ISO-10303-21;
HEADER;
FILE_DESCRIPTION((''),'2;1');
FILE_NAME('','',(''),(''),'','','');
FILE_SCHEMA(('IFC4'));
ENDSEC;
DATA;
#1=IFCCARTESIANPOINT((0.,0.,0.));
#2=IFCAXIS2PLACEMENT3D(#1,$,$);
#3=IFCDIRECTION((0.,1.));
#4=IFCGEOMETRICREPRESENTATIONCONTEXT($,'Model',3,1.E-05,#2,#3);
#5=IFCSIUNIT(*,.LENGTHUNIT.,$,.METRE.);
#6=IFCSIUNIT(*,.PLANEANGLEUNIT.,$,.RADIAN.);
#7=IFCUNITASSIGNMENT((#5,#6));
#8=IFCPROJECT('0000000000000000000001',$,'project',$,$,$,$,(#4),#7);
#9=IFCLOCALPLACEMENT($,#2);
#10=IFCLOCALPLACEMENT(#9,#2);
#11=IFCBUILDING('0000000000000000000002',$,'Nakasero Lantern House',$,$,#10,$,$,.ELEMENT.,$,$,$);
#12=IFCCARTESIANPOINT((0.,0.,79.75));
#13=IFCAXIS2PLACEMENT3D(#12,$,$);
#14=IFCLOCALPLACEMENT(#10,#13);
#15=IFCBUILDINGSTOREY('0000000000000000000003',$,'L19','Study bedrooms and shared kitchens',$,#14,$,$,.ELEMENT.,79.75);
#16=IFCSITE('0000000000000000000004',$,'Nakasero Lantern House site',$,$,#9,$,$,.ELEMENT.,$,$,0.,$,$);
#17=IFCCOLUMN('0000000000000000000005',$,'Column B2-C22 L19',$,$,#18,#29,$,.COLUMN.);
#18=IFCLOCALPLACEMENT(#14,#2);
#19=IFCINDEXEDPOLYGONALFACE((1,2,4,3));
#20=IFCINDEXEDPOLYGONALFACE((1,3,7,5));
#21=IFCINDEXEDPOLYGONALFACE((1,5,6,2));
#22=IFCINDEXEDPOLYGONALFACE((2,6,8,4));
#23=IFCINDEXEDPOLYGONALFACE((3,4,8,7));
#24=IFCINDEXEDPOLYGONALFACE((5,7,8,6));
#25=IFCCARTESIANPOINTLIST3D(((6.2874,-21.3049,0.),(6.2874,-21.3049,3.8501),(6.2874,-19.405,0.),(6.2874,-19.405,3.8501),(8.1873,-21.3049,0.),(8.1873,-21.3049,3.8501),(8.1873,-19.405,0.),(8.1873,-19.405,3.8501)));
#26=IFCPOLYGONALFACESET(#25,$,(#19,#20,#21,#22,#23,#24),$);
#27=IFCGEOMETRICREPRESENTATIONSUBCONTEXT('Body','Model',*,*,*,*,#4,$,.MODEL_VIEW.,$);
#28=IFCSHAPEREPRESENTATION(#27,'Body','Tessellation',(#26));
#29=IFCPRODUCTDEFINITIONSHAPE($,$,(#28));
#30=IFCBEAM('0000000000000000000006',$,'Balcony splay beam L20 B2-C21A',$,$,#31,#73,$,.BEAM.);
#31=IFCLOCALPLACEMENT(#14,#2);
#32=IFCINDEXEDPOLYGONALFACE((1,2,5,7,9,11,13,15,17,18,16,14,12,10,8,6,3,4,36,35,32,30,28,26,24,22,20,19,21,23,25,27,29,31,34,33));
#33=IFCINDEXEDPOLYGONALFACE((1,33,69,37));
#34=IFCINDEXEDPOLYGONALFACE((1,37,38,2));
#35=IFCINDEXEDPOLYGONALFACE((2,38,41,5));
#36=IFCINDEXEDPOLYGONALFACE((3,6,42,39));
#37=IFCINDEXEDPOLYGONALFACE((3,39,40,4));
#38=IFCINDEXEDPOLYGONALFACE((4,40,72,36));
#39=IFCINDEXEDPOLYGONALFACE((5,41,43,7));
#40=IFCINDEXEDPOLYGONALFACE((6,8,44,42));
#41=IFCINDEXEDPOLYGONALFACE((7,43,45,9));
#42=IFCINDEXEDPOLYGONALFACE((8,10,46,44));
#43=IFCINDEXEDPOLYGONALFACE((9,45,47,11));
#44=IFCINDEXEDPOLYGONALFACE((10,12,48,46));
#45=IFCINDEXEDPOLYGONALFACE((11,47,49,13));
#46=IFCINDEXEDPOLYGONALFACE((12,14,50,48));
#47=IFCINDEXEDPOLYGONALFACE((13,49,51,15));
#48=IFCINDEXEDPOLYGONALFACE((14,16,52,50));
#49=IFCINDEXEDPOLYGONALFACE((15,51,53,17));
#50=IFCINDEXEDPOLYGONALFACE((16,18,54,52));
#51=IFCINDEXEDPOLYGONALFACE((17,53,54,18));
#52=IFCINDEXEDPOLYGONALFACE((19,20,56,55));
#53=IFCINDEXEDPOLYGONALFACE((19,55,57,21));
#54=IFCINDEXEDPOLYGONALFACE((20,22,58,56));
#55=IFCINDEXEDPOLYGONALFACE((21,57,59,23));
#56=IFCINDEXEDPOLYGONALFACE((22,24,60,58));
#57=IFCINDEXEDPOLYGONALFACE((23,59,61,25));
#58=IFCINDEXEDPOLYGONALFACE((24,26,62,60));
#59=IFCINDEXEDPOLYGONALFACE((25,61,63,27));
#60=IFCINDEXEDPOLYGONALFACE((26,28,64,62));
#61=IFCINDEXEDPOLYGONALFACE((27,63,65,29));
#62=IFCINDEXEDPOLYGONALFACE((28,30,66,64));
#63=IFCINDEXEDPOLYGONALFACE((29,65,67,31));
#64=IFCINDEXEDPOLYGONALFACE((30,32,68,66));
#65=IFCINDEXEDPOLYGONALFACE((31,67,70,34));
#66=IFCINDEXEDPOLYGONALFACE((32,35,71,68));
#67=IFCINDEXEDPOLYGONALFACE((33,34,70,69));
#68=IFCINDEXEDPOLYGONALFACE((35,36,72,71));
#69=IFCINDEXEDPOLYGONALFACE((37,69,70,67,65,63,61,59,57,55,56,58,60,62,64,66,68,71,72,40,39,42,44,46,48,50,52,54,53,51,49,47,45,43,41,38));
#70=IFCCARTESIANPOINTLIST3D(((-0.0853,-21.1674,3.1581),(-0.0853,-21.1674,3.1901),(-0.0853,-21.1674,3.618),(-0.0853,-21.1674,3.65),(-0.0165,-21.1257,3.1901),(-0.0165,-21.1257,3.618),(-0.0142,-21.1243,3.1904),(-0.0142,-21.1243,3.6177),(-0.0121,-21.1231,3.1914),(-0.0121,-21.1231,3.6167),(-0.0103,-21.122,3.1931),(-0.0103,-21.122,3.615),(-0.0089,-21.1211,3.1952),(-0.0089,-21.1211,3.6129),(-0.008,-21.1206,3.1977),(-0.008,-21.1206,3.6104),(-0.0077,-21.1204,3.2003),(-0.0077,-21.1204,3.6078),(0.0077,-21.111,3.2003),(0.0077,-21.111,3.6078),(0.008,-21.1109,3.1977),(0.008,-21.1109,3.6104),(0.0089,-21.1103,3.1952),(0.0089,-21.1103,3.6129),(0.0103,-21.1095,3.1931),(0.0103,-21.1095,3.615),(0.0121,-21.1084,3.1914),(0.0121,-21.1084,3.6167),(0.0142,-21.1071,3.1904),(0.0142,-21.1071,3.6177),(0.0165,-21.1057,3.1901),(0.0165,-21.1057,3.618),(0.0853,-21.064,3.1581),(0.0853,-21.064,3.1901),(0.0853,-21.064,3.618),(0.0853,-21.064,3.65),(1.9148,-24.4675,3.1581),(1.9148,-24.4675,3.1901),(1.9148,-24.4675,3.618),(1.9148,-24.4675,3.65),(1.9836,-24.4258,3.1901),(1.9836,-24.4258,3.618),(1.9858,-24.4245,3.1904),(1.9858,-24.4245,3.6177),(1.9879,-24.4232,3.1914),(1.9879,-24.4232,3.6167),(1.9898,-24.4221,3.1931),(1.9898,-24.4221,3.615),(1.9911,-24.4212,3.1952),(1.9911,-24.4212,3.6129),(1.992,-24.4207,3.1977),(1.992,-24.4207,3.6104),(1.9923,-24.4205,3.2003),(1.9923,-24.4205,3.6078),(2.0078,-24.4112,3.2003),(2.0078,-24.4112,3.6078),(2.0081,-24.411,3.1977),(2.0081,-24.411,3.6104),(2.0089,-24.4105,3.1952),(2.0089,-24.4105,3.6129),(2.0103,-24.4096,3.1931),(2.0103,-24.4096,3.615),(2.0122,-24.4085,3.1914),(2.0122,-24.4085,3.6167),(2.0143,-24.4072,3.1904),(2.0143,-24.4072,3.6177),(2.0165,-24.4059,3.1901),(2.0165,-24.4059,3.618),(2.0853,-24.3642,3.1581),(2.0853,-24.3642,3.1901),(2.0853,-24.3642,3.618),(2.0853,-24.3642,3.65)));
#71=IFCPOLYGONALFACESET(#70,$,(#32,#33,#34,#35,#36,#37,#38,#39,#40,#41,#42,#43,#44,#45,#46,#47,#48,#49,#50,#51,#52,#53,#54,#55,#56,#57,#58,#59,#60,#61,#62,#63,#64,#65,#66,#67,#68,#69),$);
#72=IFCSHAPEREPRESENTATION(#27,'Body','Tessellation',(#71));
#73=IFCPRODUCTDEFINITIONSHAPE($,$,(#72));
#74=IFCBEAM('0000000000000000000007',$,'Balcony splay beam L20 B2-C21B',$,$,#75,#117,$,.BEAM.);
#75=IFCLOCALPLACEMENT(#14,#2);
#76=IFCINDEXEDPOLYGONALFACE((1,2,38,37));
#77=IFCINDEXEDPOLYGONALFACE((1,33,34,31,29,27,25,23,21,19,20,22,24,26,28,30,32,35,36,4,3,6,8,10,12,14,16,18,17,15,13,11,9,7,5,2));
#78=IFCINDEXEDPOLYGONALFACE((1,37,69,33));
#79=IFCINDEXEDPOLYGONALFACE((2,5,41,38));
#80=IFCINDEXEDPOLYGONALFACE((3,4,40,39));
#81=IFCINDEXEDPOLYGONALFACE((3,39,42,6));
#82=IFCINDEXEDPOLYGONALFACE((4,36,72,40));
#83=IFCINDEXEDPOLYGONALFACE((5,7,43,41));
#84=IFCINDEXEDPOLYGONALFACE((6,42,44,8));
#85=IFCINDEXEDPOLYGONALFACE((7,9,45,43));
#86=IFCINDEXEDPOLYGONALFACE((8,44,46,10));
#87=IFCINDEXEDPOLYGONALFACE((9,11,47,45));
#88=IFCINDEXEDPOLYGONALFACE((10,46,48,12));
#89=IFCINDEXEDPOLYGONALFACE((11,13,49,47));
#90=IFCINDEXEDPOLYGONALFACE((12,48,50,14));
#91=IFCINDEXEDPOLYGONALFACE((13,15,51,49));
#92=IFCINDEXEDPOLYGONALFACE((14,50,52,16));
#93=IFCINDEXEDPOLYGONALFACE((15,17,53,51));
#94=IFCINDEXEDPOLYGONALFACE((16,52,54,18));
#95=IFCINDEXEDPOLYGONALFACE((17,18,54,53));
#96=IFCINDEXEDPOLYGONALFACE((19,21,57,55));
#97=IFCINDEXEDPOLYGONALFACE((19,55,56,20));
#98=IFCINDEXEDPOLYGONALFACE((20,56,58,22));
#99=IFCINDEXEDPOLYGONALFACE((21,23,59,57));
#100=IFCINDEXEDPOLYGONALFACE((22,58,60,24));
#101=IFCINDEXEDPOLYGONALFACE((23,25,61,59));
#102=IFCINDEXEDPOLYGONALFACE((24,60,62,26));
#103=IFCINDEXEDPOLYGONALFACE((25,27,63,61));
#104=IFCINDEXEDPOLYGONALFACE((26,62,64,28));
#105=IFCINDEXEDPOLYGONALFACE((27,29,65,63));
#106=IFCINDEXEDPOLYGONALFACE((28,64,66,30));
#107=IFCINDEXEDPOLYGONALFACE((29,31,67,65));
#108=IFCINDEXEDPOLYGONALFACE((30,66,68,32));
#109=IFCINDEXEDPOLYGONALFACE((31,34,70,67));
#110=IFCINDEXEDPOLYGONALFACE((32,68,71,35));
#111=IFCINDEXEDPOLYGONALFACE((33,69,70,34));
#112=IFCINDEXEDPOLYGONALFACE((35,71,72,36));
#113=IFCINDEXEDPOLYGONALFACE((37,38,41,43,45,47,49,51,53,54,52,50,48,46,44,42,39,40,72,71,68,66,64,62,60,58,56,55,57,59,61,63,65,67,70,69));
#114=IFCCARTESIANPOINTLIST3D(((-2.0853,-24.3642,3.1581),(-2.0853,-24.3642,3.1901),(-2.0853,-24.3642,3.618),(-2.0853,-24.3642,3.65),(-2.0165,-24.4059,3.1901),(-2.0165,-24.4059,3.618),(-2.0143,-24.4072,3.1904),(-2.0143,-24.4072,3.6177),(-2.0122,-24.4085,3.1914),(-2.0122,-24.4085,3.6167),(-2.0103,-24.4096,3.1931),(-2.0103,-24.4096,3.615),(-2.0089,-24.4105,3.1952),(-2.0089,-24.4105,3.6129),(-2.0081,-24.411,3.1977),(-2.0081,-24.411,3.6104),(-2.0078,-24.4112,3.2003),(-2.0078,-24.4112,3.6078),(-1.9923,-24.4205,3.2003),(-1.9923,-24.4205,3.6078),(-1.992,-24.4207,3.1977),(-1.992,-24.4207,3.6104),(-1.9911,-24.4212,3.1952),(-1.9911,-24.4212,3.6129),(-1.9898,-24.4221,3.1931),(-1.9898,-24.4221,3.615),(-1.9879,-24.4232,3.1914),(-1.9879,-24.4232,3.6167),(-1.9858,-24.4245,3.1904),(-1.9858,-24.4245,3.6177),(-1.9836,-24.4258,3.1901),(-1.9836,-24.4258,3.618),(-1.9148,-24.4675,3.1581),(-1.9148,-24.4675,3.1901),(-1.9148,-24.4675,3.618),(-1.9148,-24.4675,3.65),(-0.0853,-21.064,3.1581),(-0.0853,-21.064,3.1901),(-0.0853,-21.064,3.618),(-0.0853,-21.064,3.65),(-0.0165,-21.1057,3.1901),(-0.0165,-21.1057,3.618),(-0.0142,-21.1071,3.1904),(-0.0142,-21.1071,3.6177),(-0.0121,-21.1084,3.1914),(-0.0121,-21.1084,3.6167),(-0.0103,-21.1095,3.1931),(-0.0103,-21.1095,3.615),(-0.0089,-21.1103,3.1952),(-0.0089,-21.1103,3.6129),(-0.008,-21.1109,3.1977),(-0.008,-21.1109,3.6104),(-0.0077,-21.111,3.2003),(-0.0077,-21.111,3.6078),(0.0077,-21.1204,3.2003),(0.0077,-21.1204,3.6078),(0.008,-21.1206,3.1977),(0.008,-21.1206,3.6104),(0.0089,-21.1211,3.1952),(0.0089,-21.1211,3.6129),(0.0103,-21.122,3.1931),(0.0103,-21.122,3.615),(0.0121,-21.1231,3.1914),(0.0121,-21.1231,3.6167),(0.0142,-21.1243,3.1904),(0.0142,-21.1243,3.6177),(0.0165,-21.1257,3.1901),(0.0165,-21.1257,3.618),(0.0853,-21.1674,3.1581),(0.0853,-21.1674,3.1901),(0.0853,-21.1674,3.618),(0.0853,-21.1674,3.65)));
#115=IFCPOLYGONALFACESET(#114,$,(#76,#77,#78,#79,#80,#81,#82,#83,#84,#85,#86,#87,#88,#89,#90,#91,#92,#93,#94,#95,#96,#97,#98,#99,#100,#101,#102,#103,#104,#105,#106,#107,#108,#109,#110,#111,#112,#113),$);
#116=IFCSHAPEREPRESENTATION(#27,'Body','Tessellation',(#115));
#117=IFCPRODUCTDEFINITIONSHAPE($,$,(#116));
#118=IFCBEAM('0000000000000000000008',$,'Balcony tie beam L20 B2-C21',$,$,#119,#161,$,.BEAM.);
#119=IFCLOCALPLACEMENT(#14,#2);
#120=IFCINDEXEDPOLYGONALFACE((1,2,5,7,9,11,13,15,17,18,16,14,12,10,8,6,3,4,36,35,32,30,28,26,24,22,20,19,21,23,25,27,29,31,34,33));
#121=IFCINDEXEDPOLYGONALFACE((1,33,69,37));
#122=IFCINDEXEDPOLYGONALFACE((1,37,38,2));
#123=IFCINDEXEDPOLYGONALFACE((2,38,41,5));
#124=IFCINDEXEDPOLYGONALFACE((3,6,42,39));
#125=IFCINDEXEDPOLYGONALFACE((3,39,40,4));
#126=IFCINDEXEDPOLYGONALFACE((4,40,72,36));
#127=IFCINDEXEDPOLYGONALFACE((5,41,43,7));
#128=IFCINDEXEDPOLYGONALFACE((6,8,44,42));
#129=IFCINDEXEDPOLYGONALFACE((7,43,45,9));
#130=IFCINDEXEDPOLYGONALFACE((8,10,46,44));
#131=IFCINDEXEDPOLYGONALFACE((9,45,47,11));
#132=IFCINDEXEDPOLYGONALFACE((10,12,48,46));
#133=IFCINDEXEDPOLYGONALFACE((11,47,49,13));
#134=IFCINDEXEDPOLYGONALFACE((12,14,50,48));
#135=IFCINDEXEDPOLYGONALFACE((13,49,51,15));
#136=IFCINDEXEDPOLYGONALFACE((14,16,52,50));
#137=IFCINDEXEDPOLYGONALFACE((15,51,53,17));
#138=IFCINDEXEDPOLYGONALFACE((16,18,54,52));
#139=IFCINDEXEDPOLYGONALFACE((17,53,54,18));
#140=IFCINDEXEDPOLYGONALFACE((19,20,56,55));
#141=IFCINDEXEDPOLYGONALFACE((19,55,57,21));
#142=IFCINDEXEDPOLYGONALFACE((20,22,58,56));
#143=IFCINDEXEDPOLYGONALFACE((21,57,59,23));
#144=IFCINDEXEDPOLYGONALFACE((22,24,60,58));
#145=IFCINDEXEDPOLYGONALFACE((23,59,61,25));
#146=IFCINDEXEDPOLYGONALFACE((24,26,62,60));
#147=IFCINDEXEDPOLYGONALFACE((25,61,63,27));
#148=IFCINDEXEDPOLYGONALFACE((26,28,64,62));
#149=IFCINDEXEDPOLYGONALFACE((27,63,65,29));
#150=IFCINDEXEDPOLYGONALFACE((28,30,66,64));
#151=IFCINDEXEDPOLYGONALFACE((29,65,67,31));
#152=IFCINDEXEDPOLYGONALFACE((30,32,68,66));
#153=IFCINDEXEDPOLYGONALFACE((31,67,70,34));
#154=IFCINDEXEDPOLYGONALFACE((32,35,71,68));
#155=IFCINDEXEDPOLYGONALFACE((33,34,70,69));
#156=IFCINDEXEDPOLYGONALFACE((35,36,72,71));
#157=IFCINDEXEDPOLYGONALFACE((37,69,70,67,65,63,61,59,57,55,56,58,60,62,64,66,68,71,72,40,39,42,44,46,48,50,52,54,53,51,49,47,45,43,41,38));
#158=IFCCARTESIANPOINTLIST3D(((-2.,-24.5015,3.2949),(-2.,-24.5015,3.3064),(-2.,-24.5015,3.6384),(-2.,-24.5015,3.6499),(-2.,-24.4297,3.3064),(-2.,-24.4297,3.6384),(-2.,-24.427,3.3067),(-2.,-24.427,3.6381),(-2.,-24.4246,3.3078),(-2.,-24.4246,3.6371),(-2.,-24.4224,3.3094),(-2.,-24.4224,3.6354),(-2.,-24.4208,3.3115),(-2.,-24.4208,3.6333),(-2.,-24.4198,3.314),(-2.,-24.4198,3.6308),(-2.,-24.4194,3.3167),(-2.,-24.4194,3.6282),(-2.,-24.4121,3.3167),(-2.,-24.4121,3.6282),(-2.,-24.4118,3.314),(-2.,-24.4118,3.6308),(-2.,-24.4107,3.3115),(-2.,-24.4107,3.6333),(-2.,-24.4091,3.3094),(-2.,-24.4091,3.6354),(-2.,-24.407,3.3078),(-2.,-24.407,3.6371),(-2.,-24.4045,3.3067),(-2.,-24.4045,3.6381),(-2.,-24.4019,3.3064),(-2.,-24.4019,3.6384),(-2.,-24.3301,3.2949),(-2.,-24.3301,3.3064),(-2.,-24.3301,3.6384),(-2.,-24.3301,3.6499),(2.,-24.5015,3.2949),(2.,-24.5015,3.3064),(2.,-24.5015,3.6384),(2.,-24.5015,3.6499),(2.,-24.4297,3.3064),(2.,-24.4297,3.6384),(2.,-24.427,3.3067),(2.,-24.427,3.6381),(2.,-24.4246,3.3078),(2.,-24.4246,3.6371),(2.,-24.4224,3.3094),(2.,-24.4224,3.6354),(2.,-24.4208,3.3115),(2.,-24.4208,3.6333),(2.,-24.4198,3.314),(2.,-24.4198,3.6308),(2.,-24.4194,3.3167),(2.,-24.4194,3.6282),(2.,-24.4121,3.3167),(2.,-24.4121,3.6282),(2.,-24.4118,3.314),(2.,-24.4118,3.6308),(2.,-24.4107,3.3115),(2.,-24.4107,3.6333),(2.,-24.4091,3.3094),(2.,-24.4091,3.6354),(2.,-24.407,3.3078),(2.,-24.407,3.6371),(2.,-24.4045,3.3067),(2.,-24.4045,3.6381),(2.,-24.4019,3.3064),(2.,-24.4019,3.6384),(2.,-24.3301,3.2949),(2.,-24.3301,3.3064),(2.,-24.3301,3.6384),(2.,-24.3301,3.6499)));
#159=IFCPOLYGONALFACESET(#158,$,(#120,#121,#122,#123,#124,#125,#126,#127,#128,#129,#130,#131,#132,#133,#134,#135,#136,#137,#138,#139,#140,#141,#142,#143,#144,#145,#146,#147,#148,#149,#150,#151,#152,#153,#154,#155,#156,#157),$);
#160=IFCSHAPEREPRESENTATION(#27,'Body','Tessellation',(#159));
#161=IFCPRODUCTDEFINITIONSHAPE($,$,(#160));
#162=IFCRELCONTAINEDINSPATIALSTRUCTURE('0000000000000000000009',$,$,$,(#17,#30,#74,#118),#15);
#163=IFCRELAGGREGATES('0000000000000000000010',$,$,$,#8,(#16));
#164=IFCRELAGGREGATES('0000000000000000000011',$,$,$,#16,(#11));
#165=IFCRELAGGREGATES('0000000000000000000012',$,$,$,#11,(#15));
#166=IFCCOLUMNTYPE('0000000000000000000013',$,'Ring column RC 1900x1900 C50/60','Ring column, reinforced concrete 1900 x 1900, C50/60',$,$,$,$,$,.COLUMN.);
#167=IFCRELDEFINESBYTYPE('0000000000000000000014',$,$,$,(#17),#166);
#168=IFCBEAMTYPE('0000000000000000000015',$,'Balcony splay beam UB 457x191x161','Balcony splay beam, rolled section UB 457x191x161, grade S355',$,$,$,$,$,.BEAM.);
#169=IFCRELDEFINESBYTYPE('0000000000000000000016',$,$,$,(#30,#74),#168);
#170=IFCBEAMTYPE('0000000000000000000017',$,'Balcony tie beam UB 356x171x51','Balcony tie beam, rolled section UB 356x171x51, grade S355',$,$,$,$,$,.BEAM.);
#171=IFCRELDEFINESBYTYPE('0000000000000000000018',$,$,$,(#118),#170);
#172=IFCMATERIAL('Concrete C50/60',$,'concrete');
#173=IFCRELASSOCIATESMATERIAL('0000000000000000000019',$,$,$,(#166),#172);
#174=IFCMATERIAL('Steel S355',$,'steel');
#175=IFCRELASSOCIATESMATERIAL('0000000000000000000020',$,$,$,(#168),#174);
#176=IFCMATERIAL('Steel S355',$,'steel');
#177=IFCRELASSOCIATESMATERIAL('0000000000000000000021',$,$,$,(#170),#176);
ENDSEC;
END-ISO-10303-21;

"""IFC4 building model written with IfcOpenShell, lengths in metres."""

from ifc_helpers import new_model, si_unit, direction, frame, origin, origin_2d, place, context, subcontext, project, spatial, rectangle, i_section, extrude, material, material_profile, profile_set, type_object, element, save


model = new_model("IFC4")

# Units and contexts
model_context = context("Model", 3, precision=1e-05, world=origin(), true_north=direction((0.0, 1.0)))
body_context = subcontext(model_context, "Body", "Model", "MODEL_VIEW")
ifc_project = project(units=[si_unit("LENGTHUNIT", "METRE"), si_unit("PLANEANGLEUNIT", "RADIAN")], contexts=[model_context])

# Site, building, storey
site_placement = place(None, origin())
site = spatial("IfcSite", under=ifc_project, at=site_placement, Name="Nakasero Lantern House site", CompositionType="ELEMENT", RefElevation=0.0)
building_placement = place(site_placement, origin())
building = spatial("IfcBuilding", under=site, at=building_placement, Name="Nakasero Lantern House", CompositionType="ELEMENT")
storey_placement = place(building_placement, frame((0.0, 0.0, 79.75)))
storey = spatial("IfcBuildingStorey", under=building, at=storey_placement, Name="L19", Description="Study bedrooms and shared kitchens", CompositionType="ELEMENT", Elevation=79.75)

# Column
ifc_material_1 = material(Name="Concrete C50/60", Category="concrete")
ifc_material_profile_1 = material_profile(ifc_material_1, rectangle(XDim=1.8999, YDim=1.8999, at=origin_2d()), Name="RC 1900x1900")
ifc_profile_set_1 = profile_set([ifc_material_profile_1], Name="Concrete C50/60")
column_type = type_object("IfcColumnType", Name="Ring column RC 1900x1900 C50/60", Description="Ring column, reinforced concrete 1900 x 1900, C50/60", PredefinedType="COLUMN", material=ifc_profile_set_1)
column_placement = place(storey_placement, frame((7.2373, -20.355, 0.0), z_axis=(0.0, 0.0, 1.0), x_axis=(1.0, 0.0, 0.0)))
element("IfcColumn", 1, at=column_placement, inside=storey, type_object=column_type, Name="Column B2-C22 L19", PredefinedType="COLUMN", context=body_context, shape_type="SweptSolid", body=[
    extrude(rectangle(XDim=1.8999, YDim=1.8999, at=origin_2d()), origin(), (0.0, 0.0, 1.0), 3.8501),
])

# Beams
ifc_material_2 = material(Name="Steel S355", Category="steel")
ifc_material_profile_2 = material_profile(ifc_material_2, i_section(OverallWidth=0.1995, OverallDepth=0.4919, WebThickness=0.0181, FlangeThickness=0.032, FilletRadius=0.0103, at=origin_2d()), Name="UB 457x191x161")
ifc_profile_set_2 = profile_set([ifc_material_profile_2], Name="Steel S355")
beam_type_1 = type_object("IfcBeamType", Name="Balcony splay beam UB 457x191x161", Description="Balcony splay beam, rolled section UB 457x191x161, grade S355", PredefinedType="BEAM", material=ifc_profile_set_2)
for number, where, z_axis, x_axis, name in (
    (2, (0.0, -21.1157, 3.4041), (0.518296, -0.855201, 0.0), (0.855201, 0.518296, 0.0), "Balcony splay beam L20 B2-C21A"),
    (3, (0.0, -21.1157, 3.4041), (-0.518296, -0.855201, 0.0), (0.855201, -0.518296, 0.0), "Balcony splay beam L20 B2-C21B"),
):
    element("IfcBeam", number, at=place(storey_placement, frame(where, z_axis=z_axis, x_axis=x_axis)), inside=storey, type_object=beam_type_1, Name=name, PredefinedType="BEAM", context=body_context, shape_type="SweptSolid", body=[
        extrude(i_section(OverallWidth=0.1995, OverallDepth=0.4919, WebThickness=0.0181, FlangeThickness=0.032, FilletRadius=0.0103, at=origin_2d()), origin(), (0.0, 0.0, 1.0), 3.8589),
    ])
ifc_material_3 = material(Name="Steel S355", Category="steel")
ifc_material_profile_3 = material_profile(ifc_material_3, i_section(OverallWidth=0.1714, OverallDepth=0.355, WebThickness=0.0073, FlangeThickness=0.0115, FilletRadius=0.0103, at=origin_2d()), Name="UB 356x171x51")
ifc_profile_set_3 = profile_set([ifc_material_profile_3], Name="Steel S355")
beam_type_2 = type_object("IfcBeamType", Name="Balcony tie beam UB 356x171x51", Description="Balcony tie beam, rolled section UB 356x171x51, grade S355", PredefinedType="BEAM", material=ifc_profile_set_3)
beam_1_placement = place(storey_placement, frame((2.0, -24.4158, 3.4724), z_axis=(-1.0, 0.0, 0.0), x_axis=(0.0, -1.0, 0.0)))
element("IfcBeam", 4, at=beam_1_placement, inside=storey, type_object=beam_type_2, Name="Balcony tie beam L20 B2-C21", PredefinedType="BEAM", context=body_context, shape_type="SweptSolid", body=[
    extrude(i_section(OverallWidth=0.1714, OverallDepth=0.355, WebThickness=0.0073, FlangeThickness=0.0115, FilletRadius=0.0103, at=origin_2d()), origin(), (0.0, 0.0, 1.0), 4.0),
])

save(model, "model.ifc")
